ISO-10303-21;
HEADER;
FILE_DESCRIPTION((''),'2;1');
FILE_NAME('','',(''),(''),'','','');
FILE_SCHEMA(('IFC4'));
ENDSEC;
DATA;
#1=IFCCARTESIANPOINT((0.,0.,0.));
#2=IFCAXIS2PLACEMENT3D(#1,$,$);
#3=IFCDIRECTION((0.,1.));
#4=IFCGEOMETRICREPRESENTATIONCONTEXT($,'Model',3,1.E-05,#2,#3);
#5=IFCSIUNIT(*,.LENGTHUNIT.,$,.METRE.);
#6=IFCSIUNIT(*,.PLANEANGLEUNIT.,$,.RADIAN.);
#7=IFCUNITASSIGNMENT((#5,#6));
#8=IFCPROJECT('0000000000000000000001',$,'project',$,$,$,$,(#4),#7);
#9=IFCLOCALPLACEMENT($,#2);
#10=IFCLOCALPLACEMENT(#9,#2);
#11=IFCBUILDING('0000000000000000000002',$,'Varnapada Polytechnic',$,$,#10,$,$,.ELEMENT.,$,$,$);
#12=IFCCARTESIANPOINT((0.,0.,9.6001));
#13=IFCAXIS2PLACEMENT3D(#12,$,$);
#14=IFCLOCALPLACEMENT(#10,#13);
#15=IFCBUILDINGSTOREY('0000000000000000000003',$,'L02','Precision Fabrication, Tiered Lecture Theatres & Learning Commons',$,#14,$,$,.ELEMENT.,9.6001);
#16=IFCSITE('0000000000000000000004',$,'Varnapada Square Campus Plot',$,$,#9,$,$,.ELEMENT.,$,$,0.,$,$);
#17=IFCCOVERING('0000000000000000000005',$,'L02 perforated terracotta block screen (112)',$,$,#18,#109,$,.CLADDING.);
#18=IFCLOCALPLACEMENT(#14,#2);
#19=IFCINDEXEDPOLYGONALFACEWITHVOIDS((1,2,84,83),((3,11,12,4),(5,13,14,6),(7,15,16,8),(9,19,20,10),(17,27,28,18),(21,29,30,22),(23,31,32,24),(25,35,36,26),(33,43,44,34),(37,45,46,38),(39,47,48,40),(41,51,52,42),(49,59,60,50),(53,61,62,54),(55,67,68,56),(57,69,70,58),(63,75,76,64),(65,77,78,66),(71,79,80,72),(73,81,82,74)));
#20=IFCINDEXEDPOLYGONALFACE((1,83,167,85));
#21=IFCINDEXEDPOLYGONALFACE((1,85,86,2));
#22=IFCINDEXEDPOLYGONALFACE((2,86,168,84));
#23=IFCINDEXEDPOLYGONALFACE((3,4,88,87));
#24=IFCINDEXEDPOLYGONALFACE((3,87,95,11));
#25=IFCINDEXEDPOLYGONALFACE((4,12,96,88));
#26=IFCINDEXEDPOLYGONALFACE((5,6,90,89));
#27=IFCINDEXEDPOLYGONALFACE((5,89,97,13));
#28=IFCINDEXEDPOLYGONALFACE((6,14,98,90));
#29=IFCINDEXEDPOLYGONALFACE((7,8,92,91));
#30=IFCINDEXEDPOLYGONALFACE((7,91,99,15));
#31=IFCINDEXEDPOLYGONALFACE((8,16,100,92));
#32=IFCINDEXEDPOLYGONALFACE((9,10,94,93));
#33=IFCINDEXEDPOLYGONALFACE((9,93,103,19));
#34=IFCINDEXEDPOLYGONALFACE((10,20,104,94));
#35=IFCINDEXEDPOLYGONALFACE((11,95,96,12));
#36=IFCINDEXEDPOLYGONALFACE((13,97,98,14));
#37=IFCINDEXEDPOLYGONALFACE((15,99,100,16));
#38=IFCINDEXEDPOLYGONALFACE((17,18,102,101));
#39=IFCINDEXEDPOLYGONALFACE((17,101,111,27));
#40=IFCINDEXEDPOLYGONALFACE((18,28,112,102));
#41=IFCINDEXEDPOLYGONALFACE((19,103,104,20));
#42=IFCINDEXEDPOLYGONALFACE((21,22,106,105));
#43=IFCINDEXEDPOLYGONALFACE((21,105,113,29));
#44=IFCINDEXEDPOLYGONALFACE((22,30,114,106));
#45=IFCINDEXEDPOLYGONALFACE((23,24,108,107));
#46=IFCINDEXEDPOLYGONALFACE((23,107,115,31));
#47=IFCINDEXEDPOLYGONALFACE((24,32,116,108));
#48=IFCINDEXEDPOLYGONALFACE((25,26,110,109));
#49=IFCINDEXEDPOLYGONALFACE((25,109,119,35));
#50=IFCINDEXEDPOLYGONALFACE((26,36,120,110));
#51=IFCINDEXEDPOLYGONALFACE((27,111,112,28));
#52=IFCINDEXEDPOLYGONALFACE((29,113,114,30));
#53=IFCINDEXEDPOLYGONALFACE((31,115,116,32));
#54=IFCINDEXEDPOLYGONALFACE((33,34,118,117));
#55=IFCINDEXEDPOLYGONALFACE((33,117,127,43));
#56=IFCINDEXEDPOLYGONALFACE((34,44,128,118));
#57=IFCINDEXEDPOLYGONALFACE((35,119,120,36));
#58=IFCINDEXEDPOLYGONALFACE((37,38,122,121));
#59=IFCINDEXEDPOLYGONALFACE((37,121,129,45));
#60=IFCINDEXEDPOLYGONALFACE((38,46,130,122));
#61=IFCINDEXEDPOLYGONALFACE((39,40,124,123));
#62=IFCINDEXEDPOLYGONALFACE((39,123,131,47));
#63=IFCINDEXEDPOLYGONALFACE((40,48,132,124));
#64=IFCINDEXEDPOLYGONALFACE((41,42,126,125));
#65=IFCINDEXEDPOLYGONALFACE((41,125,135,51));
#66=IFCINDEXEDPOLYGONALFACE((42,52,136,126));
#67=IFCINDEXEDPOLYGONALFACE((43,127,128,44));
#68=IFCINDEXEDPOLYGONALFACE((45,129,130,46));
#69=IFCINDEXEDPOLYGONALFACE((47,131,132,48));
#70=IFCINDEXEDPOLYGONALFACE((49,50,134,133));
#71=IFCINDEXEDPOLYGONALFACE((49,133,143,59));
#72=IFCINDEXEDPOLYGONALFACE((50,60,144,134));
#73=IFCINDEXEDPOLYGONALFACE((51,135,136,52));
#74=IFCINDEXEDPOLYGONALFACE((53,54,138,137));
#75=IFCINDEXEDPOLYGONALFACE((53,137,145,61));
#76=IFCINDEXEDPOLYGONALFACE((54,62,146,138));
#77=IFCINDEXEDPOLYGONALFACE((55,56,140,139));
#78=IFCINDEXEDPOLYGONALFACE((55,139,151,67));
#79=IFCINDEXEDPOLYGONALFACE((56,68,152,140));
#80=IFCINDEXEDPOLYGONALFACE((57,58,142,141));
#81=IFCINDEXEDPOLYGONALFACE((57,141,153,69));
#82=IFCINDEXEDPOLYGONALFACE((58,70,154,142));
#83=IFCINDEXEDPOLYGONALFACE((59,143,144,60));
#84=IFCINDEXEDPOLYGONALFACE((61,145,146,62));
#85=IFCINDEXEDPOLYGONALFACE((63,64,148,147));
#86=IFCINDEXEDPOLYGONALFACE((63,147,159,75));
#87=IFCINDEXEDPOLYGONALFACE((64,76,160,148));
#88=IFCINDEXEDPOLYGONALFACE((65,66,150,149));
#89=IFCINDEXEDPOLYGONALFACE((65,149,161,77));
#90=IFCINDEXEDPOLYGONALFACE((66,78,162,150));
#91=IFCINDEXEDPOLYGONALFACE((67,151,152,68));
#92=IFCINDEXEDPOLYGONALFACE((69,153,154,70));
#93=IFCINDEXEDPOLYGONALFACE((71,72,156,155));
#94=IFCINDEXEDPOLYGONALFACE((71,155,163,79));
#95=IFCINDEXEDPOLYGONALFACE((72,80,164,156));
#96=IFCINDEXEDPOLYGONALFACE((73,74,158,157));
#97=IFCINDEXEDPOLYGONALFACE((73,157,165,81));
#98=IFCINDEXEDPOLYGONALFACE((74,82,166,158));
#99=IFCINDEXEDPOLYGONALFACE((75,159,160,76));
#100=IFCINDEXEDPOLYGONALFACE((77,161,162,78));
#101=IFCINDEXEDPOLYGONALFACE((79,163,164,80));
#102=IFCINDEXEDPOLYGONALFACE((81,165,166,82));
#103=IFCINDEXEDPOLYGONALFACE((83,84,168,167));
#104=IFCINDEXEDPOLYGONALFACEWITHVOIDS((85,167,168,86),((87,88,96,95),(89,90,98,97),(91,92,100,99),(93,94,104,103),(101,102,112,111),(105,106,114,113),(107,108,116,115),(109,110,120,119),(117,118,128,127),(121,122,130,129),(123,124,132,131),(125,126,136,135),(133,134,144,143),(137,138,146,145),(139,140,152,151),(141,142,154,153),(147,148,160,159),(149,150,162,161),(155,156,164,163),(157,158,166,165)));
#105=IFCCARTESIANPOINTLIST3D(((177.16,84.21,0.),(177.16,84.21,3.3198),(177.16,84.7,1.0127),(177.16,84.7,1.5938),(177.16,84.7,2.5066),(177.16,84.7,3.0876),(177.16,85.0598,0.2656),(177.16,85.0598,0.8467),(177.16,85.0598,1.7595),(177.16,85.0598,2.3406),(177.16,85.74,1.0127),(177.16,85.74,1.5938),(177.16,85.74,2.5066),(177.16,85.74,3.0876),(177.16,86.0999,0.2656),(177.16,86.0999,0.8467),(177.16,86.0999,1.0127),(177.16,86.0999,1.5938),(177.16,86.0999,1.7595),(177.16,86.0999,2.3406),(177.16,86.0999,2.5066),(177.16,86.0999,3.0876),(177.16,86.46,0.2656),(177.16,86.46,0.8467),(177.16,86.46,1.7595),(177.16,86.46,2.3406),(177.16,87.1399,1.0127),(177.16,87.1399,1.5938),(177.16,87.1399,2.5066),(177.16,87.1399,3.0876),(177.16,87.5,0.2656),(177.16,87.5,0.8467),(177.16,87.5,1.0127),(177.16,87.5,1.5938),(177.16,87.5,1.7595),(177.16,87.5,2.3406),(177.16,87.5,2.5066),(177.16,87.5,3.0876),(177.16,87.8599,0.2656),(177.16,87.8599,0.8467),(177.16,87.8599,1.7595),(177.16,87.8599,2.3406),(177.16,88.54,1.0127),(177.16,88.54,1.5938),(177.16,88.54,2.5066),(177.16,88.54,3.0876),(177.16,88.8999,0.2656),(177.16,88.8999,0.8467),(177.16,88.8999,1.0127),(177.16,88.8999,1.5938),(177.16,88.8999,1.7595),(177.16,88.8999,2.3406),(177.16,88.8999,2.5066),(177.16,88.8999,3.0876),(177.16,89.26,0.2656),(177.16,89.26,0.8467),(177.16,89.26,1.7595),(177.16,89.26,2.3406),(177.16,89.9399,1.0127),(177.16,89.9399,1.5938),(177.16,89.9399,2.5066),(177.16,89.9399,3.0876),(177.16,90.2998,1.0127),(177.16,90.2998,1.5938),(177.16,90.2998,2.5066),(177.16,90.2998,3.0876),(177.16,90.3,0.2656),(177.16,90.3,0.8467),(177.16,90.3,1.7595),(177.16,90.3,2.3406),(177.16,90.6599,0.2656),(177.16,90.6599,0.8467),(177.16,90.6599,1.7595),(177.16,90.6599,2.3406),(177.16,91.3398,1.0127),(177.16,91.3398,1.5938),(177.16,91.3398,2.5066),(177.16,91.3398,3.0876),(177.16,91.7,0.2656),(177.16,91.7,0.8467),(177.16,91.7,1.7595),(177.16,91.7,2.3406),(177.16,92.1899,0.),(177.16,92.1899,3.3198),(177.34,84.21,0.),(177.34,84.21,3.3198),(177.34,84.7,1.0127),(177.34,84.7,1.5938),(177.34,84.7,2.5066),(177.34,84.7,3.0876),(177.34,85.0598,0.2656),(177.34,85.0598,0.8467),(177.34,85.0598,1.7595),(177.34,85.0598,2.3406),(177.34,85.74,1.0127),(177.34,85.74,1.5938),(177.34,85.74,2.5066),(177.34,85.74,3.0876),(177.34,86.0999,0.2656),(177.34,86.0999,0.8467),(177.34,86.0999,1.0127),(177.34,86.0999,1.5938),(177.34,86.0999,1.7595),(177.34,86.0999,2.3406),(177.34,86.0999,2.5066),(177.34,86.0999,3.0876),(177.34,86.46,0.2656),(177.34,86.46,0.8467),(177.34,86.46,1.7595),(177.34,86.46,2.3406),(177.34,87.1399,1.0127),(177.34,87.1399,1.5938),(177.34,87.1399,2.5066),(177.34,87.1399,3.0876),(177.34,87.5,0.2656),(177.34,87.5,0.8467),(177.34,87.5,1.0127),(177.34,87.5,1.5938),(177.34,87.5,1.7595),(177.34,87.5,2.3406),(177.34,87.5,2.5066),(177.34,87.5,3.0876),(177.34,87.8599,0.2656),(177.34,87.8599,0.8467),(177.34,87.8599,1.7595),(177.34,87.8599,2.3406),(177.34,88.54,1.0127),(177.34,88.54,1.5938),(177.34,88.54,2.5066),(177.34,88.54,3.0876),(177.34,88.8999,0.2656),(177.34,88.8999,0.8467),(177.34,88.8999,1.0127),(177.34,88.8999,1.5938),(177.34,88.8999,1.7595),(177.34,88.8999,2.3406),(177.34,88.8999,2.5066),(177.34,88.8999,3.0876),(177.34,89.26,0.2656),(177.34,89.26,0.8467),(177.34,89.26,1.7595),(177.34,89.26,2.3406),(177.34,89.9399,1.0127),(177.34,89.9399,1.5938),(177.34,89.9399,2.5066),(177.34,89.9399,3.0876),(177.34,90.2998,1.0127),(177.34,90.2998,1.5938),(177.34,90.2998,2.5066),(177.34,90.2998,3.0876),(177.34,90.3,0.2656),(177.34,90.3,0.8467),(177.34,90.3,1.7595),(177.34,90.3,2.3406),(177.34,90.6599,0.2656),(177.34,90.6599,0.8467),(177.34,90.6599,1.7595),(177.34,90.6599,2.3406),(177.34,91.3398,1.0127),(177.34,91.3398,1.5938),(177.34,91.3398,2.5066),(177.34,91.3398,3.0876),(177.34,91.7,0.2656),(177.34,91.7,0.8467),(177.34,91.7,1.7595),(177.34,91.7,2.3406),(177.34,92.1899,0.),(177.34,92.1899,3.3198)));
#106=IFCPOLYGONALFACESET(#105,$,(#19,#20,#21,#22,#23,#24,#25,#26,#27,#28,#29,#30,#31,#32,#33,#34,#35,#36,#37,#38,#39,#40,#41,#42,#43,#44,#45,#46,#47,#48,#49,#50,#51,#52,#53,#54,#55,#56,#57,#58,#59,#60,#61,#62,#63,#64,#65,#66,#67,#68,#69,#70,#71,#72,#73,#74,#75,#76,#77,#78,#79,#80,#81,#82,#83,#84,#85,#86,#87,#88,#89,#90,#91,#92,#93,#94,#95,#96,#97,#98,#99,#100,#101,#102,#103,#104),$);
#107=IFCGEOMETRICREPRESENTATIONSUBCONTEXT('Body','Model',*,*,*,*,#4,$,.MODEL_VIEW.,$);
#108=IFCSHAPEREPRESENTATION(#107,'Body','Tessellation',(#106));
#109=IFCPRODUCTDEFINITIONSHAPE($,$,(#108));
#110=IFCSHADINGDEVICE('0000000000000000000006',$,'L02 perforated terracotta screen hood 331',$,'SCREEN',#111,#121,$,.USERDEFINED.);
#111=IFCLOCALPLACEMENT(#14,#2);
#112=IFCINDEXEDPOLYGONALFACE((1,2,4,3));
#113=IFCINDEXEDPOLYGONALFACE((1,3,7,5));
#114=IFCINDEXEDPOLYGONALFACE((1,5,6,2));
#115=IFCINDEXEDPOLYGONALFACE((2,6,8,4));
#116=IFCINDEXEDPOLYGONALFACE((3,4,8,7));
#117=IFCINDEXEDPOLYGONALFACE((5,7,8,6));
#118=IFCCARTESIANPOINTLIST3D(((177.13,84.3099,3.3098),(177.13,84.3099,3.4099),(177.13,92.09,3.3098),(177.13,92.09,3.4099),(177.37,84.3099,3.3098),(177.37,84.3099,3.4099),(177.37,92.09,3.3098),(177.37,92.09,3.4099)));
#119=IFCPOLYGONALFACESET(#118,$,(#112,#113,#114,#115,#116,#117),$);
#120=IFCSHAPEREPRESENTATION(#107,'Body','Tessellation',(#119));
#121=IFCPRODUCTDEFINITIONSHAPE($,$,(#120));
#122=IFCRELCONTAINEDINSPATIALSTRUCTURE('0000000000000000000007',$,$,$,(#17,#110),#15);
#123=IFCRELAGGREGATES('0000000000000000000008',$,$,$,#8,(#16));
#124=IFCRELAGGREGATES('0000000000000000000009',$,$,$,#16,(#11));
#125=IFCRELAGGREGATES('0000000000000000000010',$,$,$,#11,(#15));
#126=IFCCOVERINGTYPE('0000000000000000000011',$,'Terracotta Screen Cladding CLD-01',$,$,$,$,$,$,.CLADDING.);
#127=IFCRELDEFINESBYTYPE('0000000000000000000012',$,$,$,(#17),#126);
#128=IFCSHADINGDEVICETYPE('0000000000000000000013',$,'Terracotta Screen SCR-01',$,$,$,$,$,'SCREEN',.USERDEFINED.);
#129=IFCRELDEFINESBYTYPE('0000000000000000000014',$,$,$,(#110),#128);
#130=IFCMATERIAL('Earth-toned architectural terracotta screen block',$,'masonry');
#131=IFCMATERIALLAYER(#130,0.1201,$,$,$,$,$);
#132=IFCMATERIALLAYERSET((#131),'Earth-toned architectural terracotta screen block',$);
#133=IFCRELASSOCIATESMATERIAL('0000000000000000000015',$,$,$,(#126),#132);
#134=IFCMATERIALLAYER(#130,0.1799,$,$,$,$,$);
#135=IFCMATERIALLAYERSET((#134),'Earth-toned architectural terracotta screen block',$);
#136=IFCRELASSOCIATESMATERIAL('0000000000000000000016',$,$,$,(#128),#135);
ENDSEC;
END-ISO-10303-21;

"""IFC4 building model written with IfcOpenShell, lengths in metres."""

from ifc_helpers import new_model, si_unit, direction, frame, frame_2d, origin, origin_2d, place, context, subcontext, project, spatial, rectangle, extrude, material, layer, layer_set, type_object, element, save


model = new_model("IFC4")

# Units and contexts
model_context = context("Model", 3, precision=1e-05, world=origin(), true_north=direction((0.0, 1.0)))
body_context = subcontext(model_context, "Body", "Model", "MODEL_VIEW")
ifc_project = project(units=[si_unit("LENGTHUNIT", "METRE"), si_unit("PLANEANGLEUNIT", "RADIAN")], contexts=[model_context])

# Site, building, storey
site_placement = place(None, origin())
site = spatial("IfcSite", under=ifc_project, at=site_placement, Name="Varnapada Square Campus Plot", CompositionType="ELEMENT", RefElevation=0.0)
building_placement = place(site_placement, origin())
building = spatial("IfcBuilding", under=site, at=building_placement, Name="Varnapada Polytechnic", CompositionType="ELEMENT")
storey_placement = place(building_placement, frame((0.0, 0.0, 9.6001)))
storey = spatial("IfcBuildingStorey", under=building, at=storey_placement, Name="L02", Description="Precision Fabrication, Tiered Lecture Theatres & Learning Commons", CompositionType="ELEMENT", Elevation=9.6001)

# Covering, openings
ifc_material_1 = material(Name="Earth-toned architectural terracotta screen block", Category="masonry")
ifc_layer_1 = layer(ifc_material_1, 0.1201)
ifc_layer_set_1 = layer_set([ifc_layer_1], Name="Earth-toned architectural terracotta screen block")
covering_type_1 = type_object("IfcCoveringType", Name="Terracotta Screen Cladding CLD-01", PredefinedType="CLADDING", material=ifc_layer_set_1)
covering_1_placement = place(storey_placement, frame((177.25, 92.1899, 0.0), z_axis=(0.0, 0.0, 1.0), x_axis=(0.0, -1.0, 0.0)))
covering_1 = element("IfcCovering", 1, at=covering_1_placement, inside=storey, type_object=covering_type_1, Name="L02 perforated terracotta block screen (112)", PredefinedType="CLADDING", context=body_context, shape_type="SweptSolid", body=[
    extrude(rectangle(XDim=7.98, YDim=0.1799, at=frame_2d((3.99, 0.0))), origin(), (0.0, 0.0, 1.0), 3.3198),
])
opening_1_placement = place(covering_1_placement, frame((0.49, 0.0, 0.2656)))
element("IfcOpeningElement", 2, at=opening_1_placement, cuts=covering_1, PredefinedType="OPENING", context=body_context, shape_type="SweptSolid", body=[
    extrude(rectangle(XDim=1.04, YDim=0.5811, at=frame_2d((0.52, 0.2905))), frame((0.0, 0.0999, 0.0), z_axis=(0.0, -1.0, 0.0), x_axis=(1.0, 0.0, 0.0)), (0.0, 0.0, 1.0), 0.2),
])
opening_2_placement = place(covering_1_placement, frame((1.8899, 0.0, 0.2656)))
element("IfcOpeningElement", 3, at=opening_2_placement, cuts=covering_1, PredefinedType="OPENING", context=body_context, shape_type="SweptSolid", body=[
    extrude(rectangle(XDim=1.04, YDim=0.5811, at=frame_2d((0.52, 0.2905))), frame((0.0, 0.0999, 0.0), z_axis=(0.0, -1.0, 0.0), x_axis=(1.0, 0.0, 0.0)), (0.0, 0.0, 1.0), 0.2),
])
opening_3_placement = place(covering_1_placement, frame((3.29, 0.0, 0.2656)))
element("IfcOpeningElement", 4, at=opening_3_placement, cuts=covering_1, PredefinedType="OPENING", context=body_context, shape_type="SweptSolid", body=[
    extrude(rectangle(XDim=1.04, YDim=0.5811, at=frame_2d((0.52, 0.2905))), frame((0.0, 0.0999, 0.0), z_axis=(0.0, -1.0, 0.0), x_axis=(1.0, 0.0, 0.0)), (0.0, 0.0, 1.0), 0.2),
])
opening_4_placement = place(covering_1_placement, frame((4.6899, 0.0, 0.2656)))
element("IfcOpeningElement", 5, at=opening_4_placement, cuts=covering_1, PredefinedType="OPENING", context=body_context, shape_type="SweptSolid", body=[
    extrude(rectangle(XDim=1.04, YDim=0.5811, at=frame_2d((0.52, 0.2905))), frame((0.0, 0.0999, 0.0), z_axis=(0.0, -1.0, 0.0), x_axis=(1.0, 0.0, 0.0)), (0.0, 0.0, 1.0), 0.2),
])
opening_5_placement = place(covering_1_placement, frame((6.0901, 0.0, 0.2656)))
element("IfcOpeningElement", 6, at=opening_5_placement, cuts=covering_1, PredefinedType="OPENING", context=body_context, shape_type="SweptSolid", body=[
    extrude(rectangle(XDim=1.04, YDim=0.5811, at=frame_2d((0.52, 0.2905))), frame((0.0, 0.0999, 0.0), z_axis=(0.0, -1.0, 0.0), x_axis=(1.0, 0.0, 0.0)), (0.0, 0.0, 1.0), 0.2),
])
opening_6_placement = place(covering_1_placement, frame((0.8501, 0.0, 1.0127)))
element("IfcOpeningElement", 7, at=opening_6_placement, cuts=covering_1, PredefinedType="OPENING", context=body_context, shape_type="SweptSolid", body=[
    extrude(rectangle(XDim=1.04, YDim=0.5811, at=frame_2d((0.52, 0.2905))), frame((0.0, 0.0999, 0.0), z_axis=(0.0, -1.0, 0.0), x_axis=(1.0, 0.0, 0.0)), (0.0, 0.0, 1.0), 0.2),
])
opening_7_placement = place(covering_1_placement, frame((2.25, 0.0, 1.0127)))
element("IfcOpeningElement", 8, at=opening_7_placement, cuts=covering_1, PredefinedType="OPENING", context=body_context, shape_type="SweptSolid", body=[
    extrude(rectangle(XDim=1.04, YDim=0.5811, at=frame_2d((0.52, 0.2905))), frame((0.0, 0.0999, 0.0), z_axis=(0.0, -1.0, 0.0), x_axis=(1.0, 0.0, 0.0)), (0.0, 0.0, 1.0), 0.2),
])
opening_8_placement = place(covering_1_placement, frame((3.6499, 0.0, 1.0127)))
element("IfcOpeningElement", 9, at=opening_8_placement, cuts=covering_1, PredefinedType="OPENING", context=body_context, shape_type="SweptSolid", body=[
    extrude(rectangle(XDim=1.04, YDim=0.5811, at=frame_2d((0.52, 0.2905))), frame((0.0, 0.0999, 0.0), z_axis=(0.0, -1.0, 0.0), x_axis=(1.0, 0.0, 0.0)), (0.0, 0.0, 1.0), 0.2),
])
opening_9_placement = place(covering_1_placement, frame((5.05, 0.0, 1.0127)))
element("IfcOpeningElement", 10, at=opening_9_placement, cuts=covering_1, PredefinedType="OPENING", context=body_context, shape_type="SweptSolid", body=[
    extrude(rectangle(XDim=1.04, YDim=0.5811, at=frame_2d((0.52, 0.2905))), frame((0.0, 0.0999, 0.0), z_axis=(0.0, -1.0, 0.0), x_axis=(1.0, 0.0, 0.0)), (0.0, 0.0, 1.0), 0.2),
])
opening_10_placement = place(covering_1_placement, frame((6.45, 0.0, 1.0127)))
element("IfcOpeningElement", 11, at=opening_10_placement, cuts=covering_1, PredefinedType="OPENING", context=body_context, shape_type="SweptSolid", body=[
    extrude(rectangle(XDim=1.04, YDim=0.5811, at=frame_2d((0.52, 0.2905))), frame((0.0, 0.0999, 0.0), z_axis=(0.0, -1.0, 0.0), x_axis=(1.0, 0.0, 0.0)), (0.0, 0.0, 1.0), 0.2),
])
opening_11_placement = place(covering_1_placement, frame((0.49, 0.0, 1.7595)))
element("IfcOpeningElement", 12, at=opening_11_placement, cuts=covering_1, PredefinedType="OPENING", context=body_context, shape_type="SweptSolid", body=[
    extrude(rectangle(XDim=1.04, YDim=0.5811, at=frame_2d((0.52, 0.2905))), frame((0.0, 0.0999, 0.0), z_axis=(0.0, -1.0, 0.0), x_axis=(1.0, 0.0, 0.0)), (0.0, 0.0, 1.0), 0.2),
])
opening_12_placement = place(covering_1_placement, frame((1.8899, 0.0, 1.7595)))
element("IfcOpeningElement", 13, at=opening_12_placement, cuts=covering_1, PredefinedType="OPENING", context=body_context, shape_type="SweptSolid", body=[
    extrude(rectangle(XDim=1.04, YDim=0.5811, at=frame_2d((0.52, 0.2905))), frame((0.0, 0.0999, 0.0), z_axis=(0.0, -1.0, 0.0), x_axis=(1.0, 0.0, 0.0)), (0.0, 0.0, 1.0), 0.2),
])
opening_13_placement = place(covering_1_placement, frame((3.29, 0.0, 1.7595)))
element("IfcOpeningElement", 14, at=opening_13_placement, cuts=covering_1, PredefinedType="OPENING", context=body_context, shape_type="SweptSolid", body=[
    extrude(rectangle(XDim=1.04, YDim=0.5811, at=frame_2d((0.52, 0.2905))), frame((0.0, 0.0999, 0.0), z_axis=(0.0, -1.0, 0.0), x_axis=(1.0, 0.0, 0.0)), (0.0, 0.0, 1.0), 0.2),
])
opening_14_placement = place(covering_1_placement, frame((4.6899, 0.0, 1.7595)))
element("IfcOpeningElement", 15, at=opening_14_placement, cuts=covering_1, PredefinedType="OPENING", context=body_context, shape_type="SweptSolid", body=[
    extrude(rectangle(XDim=1.04, YDim=0.5811, at=frame_2d((0.52, 0.2905))), frame((0.0, 0.0999, 0.0), z_axis=(0.0, -1.0, 0.0), x_axis=(1.0, 0.0, 0.0)), (0.0, 0.0, 1.0), 0.2),
])
opening_15_placement = place(covering_1_placement, frame((6.0901, 0.0, 1.7595)))
element("IfcOpeningElement", 16, at=opening_15_placement, cuts=covering_1, PredefinedType="OPENING", context=body_context, shape_type="SweptSolid", body=[
    extrude(rectangle(XDim=1.04, YDim=0.5811, at=frame_2d((0.52, 0.2905))), frame((0.0, 0.0999, 0.0), z_axis=(0.0, -1.0, 0.0), x_axis=(1.0, 0.0, 0.0)), (0.0, 0.0, 1.0), 0.2),
])
opening_16_placement = place(covering_1_placement, frame((0.8501, 0.0, 2.5066)))
element("IfcOpeningElement", 17, at=opening_16_placement, cuts=covering_1, PredefinedType="OPENING", context=body_context, shape_type="SweptSolid", body=[
    extrude(rectangle(XDim=1.04, YDim=0.5811, at=frame_2d((0.52, 0.2905))), frame((0.0, 0.0999, 0.0), z_axis=(0.0, -1.0, 0.0), x_axis=(1.0, 0.0, 0.0)), (0.0, 0.0, 1.0), 0.2),
])
opening_17_placement = place(covering_1_placement, frame((2.25, 0.0, 2.5066)))
element("IfcOpeningElement", 18, at=opening_17_placement, cuts=covering_1, PredefinedType="OPENING", context=body_context, shape_type="SweptSolid", body=[
    extrude(rectangle(XDim=1.04, YDim=0.5811, at=frame_2d((0.52, 0.2905))), frame((0.0, 0.0999, 0.0), z_axis=(0.0, -1.0, 0.0), x_axis=(1.0, 0.0, 0.0)), (0.0, 0.0, 1.0), 0.2),
])
opening_18_placement = place(covering_1_placement, frame((3.6499, 0.0, 2.5066)))
element("IfcOpeningElement", 19, at=opening_18_placement, cuts=covering_1, PredefinedType="OPENING", context=body_context, shape_type="SweptSolid", body=[
    extrude(rectangle(XDim=1.04, YDim=0.5811, at=frame_2d((0.52, 0.2905))), frame((0.0, 0.0999, 0.0), z_axis=(0.0, -1.0, 0.0), x_axis=(1.0, 0.0, 0.0)), (0.0, 0.0, 1.0), 0.2),
])
opening_19_placement = place(covering_1_placement, frame((5.05, 0.0, 2.5066)))
element("IfcOpeningElement", 20, at=opening_19_placement, cuts=covering_1, PredefinedType="OPENING", context=body_context, shape_type="SweptSolid", body=[
    extrude(rectangle(XDim=1.04, YDim=0.5811, at=frame_2d((0.52, 0.2905))), frame((0.0, 0.0999, 0.0), z_axis=(0.0, -1.0, 0.0), x_axis=(1.0, 0.0, 0.0)), (0.0, 0.0, 1.0), 0.2),
])
opening_20_placement = place(covering_1_placement, frame((6.45, 0.0, 2.5066)))
element("IfcOpeningElement", 21, at=opening_20_placement, cuts=covering_1, PredefinedType="OPENING", context=body_context, shape_type="SweptSolid", body=[
    extrude(rectangle(XDim=1.04, YDim=0.5811, at=frame_2d((0.52, 0.2905))), frame((0.0, 0.0999, 0.0), z_axis=(0.0, -1.0, 0.0), x_axis=(1.0, 0.0, 0.0)), (0.0, 0.0, 1.0), 0.2),
])

# Shading device
ifc_layer_2 = layer(ifc_material_1, 0.1799)
ifc_layer_set_2 = layer_set([ifc_layer_2], Name="Earth-toned architectural terracotta screen block")
shading_device_type = type_object("IfcShadingDeviceType", Name="Terracotta Screen SCR-01", ElementType="SCREEN", PredefinedType="USERDEFINED", material=ifc_layer_set_2)
shading_device_placement = place(storey_placement, frame((177.25, 88.2, 3.3098), z_axis=(0.0, 0.0, 1.0), x_axis=(0.0, -1.0, 0.0)))
element("IfcShadingDevice", 22, at=shading_device_placement, inside=storey, type_object=shading_device_type, Name="L02 perforated terracotta screen hood 331", ObjectType="SCREEN", PredefinedType="USERDEFINED", context=body_context, shape_type="SweptSolid", body=[
    extrude(rectangle(XDim=7.78, YDim=0.24, at=origin_2d()), origin(), (0.0, 0.0, 1.0), 0.1001),
])

save(model, "model.ifc")
